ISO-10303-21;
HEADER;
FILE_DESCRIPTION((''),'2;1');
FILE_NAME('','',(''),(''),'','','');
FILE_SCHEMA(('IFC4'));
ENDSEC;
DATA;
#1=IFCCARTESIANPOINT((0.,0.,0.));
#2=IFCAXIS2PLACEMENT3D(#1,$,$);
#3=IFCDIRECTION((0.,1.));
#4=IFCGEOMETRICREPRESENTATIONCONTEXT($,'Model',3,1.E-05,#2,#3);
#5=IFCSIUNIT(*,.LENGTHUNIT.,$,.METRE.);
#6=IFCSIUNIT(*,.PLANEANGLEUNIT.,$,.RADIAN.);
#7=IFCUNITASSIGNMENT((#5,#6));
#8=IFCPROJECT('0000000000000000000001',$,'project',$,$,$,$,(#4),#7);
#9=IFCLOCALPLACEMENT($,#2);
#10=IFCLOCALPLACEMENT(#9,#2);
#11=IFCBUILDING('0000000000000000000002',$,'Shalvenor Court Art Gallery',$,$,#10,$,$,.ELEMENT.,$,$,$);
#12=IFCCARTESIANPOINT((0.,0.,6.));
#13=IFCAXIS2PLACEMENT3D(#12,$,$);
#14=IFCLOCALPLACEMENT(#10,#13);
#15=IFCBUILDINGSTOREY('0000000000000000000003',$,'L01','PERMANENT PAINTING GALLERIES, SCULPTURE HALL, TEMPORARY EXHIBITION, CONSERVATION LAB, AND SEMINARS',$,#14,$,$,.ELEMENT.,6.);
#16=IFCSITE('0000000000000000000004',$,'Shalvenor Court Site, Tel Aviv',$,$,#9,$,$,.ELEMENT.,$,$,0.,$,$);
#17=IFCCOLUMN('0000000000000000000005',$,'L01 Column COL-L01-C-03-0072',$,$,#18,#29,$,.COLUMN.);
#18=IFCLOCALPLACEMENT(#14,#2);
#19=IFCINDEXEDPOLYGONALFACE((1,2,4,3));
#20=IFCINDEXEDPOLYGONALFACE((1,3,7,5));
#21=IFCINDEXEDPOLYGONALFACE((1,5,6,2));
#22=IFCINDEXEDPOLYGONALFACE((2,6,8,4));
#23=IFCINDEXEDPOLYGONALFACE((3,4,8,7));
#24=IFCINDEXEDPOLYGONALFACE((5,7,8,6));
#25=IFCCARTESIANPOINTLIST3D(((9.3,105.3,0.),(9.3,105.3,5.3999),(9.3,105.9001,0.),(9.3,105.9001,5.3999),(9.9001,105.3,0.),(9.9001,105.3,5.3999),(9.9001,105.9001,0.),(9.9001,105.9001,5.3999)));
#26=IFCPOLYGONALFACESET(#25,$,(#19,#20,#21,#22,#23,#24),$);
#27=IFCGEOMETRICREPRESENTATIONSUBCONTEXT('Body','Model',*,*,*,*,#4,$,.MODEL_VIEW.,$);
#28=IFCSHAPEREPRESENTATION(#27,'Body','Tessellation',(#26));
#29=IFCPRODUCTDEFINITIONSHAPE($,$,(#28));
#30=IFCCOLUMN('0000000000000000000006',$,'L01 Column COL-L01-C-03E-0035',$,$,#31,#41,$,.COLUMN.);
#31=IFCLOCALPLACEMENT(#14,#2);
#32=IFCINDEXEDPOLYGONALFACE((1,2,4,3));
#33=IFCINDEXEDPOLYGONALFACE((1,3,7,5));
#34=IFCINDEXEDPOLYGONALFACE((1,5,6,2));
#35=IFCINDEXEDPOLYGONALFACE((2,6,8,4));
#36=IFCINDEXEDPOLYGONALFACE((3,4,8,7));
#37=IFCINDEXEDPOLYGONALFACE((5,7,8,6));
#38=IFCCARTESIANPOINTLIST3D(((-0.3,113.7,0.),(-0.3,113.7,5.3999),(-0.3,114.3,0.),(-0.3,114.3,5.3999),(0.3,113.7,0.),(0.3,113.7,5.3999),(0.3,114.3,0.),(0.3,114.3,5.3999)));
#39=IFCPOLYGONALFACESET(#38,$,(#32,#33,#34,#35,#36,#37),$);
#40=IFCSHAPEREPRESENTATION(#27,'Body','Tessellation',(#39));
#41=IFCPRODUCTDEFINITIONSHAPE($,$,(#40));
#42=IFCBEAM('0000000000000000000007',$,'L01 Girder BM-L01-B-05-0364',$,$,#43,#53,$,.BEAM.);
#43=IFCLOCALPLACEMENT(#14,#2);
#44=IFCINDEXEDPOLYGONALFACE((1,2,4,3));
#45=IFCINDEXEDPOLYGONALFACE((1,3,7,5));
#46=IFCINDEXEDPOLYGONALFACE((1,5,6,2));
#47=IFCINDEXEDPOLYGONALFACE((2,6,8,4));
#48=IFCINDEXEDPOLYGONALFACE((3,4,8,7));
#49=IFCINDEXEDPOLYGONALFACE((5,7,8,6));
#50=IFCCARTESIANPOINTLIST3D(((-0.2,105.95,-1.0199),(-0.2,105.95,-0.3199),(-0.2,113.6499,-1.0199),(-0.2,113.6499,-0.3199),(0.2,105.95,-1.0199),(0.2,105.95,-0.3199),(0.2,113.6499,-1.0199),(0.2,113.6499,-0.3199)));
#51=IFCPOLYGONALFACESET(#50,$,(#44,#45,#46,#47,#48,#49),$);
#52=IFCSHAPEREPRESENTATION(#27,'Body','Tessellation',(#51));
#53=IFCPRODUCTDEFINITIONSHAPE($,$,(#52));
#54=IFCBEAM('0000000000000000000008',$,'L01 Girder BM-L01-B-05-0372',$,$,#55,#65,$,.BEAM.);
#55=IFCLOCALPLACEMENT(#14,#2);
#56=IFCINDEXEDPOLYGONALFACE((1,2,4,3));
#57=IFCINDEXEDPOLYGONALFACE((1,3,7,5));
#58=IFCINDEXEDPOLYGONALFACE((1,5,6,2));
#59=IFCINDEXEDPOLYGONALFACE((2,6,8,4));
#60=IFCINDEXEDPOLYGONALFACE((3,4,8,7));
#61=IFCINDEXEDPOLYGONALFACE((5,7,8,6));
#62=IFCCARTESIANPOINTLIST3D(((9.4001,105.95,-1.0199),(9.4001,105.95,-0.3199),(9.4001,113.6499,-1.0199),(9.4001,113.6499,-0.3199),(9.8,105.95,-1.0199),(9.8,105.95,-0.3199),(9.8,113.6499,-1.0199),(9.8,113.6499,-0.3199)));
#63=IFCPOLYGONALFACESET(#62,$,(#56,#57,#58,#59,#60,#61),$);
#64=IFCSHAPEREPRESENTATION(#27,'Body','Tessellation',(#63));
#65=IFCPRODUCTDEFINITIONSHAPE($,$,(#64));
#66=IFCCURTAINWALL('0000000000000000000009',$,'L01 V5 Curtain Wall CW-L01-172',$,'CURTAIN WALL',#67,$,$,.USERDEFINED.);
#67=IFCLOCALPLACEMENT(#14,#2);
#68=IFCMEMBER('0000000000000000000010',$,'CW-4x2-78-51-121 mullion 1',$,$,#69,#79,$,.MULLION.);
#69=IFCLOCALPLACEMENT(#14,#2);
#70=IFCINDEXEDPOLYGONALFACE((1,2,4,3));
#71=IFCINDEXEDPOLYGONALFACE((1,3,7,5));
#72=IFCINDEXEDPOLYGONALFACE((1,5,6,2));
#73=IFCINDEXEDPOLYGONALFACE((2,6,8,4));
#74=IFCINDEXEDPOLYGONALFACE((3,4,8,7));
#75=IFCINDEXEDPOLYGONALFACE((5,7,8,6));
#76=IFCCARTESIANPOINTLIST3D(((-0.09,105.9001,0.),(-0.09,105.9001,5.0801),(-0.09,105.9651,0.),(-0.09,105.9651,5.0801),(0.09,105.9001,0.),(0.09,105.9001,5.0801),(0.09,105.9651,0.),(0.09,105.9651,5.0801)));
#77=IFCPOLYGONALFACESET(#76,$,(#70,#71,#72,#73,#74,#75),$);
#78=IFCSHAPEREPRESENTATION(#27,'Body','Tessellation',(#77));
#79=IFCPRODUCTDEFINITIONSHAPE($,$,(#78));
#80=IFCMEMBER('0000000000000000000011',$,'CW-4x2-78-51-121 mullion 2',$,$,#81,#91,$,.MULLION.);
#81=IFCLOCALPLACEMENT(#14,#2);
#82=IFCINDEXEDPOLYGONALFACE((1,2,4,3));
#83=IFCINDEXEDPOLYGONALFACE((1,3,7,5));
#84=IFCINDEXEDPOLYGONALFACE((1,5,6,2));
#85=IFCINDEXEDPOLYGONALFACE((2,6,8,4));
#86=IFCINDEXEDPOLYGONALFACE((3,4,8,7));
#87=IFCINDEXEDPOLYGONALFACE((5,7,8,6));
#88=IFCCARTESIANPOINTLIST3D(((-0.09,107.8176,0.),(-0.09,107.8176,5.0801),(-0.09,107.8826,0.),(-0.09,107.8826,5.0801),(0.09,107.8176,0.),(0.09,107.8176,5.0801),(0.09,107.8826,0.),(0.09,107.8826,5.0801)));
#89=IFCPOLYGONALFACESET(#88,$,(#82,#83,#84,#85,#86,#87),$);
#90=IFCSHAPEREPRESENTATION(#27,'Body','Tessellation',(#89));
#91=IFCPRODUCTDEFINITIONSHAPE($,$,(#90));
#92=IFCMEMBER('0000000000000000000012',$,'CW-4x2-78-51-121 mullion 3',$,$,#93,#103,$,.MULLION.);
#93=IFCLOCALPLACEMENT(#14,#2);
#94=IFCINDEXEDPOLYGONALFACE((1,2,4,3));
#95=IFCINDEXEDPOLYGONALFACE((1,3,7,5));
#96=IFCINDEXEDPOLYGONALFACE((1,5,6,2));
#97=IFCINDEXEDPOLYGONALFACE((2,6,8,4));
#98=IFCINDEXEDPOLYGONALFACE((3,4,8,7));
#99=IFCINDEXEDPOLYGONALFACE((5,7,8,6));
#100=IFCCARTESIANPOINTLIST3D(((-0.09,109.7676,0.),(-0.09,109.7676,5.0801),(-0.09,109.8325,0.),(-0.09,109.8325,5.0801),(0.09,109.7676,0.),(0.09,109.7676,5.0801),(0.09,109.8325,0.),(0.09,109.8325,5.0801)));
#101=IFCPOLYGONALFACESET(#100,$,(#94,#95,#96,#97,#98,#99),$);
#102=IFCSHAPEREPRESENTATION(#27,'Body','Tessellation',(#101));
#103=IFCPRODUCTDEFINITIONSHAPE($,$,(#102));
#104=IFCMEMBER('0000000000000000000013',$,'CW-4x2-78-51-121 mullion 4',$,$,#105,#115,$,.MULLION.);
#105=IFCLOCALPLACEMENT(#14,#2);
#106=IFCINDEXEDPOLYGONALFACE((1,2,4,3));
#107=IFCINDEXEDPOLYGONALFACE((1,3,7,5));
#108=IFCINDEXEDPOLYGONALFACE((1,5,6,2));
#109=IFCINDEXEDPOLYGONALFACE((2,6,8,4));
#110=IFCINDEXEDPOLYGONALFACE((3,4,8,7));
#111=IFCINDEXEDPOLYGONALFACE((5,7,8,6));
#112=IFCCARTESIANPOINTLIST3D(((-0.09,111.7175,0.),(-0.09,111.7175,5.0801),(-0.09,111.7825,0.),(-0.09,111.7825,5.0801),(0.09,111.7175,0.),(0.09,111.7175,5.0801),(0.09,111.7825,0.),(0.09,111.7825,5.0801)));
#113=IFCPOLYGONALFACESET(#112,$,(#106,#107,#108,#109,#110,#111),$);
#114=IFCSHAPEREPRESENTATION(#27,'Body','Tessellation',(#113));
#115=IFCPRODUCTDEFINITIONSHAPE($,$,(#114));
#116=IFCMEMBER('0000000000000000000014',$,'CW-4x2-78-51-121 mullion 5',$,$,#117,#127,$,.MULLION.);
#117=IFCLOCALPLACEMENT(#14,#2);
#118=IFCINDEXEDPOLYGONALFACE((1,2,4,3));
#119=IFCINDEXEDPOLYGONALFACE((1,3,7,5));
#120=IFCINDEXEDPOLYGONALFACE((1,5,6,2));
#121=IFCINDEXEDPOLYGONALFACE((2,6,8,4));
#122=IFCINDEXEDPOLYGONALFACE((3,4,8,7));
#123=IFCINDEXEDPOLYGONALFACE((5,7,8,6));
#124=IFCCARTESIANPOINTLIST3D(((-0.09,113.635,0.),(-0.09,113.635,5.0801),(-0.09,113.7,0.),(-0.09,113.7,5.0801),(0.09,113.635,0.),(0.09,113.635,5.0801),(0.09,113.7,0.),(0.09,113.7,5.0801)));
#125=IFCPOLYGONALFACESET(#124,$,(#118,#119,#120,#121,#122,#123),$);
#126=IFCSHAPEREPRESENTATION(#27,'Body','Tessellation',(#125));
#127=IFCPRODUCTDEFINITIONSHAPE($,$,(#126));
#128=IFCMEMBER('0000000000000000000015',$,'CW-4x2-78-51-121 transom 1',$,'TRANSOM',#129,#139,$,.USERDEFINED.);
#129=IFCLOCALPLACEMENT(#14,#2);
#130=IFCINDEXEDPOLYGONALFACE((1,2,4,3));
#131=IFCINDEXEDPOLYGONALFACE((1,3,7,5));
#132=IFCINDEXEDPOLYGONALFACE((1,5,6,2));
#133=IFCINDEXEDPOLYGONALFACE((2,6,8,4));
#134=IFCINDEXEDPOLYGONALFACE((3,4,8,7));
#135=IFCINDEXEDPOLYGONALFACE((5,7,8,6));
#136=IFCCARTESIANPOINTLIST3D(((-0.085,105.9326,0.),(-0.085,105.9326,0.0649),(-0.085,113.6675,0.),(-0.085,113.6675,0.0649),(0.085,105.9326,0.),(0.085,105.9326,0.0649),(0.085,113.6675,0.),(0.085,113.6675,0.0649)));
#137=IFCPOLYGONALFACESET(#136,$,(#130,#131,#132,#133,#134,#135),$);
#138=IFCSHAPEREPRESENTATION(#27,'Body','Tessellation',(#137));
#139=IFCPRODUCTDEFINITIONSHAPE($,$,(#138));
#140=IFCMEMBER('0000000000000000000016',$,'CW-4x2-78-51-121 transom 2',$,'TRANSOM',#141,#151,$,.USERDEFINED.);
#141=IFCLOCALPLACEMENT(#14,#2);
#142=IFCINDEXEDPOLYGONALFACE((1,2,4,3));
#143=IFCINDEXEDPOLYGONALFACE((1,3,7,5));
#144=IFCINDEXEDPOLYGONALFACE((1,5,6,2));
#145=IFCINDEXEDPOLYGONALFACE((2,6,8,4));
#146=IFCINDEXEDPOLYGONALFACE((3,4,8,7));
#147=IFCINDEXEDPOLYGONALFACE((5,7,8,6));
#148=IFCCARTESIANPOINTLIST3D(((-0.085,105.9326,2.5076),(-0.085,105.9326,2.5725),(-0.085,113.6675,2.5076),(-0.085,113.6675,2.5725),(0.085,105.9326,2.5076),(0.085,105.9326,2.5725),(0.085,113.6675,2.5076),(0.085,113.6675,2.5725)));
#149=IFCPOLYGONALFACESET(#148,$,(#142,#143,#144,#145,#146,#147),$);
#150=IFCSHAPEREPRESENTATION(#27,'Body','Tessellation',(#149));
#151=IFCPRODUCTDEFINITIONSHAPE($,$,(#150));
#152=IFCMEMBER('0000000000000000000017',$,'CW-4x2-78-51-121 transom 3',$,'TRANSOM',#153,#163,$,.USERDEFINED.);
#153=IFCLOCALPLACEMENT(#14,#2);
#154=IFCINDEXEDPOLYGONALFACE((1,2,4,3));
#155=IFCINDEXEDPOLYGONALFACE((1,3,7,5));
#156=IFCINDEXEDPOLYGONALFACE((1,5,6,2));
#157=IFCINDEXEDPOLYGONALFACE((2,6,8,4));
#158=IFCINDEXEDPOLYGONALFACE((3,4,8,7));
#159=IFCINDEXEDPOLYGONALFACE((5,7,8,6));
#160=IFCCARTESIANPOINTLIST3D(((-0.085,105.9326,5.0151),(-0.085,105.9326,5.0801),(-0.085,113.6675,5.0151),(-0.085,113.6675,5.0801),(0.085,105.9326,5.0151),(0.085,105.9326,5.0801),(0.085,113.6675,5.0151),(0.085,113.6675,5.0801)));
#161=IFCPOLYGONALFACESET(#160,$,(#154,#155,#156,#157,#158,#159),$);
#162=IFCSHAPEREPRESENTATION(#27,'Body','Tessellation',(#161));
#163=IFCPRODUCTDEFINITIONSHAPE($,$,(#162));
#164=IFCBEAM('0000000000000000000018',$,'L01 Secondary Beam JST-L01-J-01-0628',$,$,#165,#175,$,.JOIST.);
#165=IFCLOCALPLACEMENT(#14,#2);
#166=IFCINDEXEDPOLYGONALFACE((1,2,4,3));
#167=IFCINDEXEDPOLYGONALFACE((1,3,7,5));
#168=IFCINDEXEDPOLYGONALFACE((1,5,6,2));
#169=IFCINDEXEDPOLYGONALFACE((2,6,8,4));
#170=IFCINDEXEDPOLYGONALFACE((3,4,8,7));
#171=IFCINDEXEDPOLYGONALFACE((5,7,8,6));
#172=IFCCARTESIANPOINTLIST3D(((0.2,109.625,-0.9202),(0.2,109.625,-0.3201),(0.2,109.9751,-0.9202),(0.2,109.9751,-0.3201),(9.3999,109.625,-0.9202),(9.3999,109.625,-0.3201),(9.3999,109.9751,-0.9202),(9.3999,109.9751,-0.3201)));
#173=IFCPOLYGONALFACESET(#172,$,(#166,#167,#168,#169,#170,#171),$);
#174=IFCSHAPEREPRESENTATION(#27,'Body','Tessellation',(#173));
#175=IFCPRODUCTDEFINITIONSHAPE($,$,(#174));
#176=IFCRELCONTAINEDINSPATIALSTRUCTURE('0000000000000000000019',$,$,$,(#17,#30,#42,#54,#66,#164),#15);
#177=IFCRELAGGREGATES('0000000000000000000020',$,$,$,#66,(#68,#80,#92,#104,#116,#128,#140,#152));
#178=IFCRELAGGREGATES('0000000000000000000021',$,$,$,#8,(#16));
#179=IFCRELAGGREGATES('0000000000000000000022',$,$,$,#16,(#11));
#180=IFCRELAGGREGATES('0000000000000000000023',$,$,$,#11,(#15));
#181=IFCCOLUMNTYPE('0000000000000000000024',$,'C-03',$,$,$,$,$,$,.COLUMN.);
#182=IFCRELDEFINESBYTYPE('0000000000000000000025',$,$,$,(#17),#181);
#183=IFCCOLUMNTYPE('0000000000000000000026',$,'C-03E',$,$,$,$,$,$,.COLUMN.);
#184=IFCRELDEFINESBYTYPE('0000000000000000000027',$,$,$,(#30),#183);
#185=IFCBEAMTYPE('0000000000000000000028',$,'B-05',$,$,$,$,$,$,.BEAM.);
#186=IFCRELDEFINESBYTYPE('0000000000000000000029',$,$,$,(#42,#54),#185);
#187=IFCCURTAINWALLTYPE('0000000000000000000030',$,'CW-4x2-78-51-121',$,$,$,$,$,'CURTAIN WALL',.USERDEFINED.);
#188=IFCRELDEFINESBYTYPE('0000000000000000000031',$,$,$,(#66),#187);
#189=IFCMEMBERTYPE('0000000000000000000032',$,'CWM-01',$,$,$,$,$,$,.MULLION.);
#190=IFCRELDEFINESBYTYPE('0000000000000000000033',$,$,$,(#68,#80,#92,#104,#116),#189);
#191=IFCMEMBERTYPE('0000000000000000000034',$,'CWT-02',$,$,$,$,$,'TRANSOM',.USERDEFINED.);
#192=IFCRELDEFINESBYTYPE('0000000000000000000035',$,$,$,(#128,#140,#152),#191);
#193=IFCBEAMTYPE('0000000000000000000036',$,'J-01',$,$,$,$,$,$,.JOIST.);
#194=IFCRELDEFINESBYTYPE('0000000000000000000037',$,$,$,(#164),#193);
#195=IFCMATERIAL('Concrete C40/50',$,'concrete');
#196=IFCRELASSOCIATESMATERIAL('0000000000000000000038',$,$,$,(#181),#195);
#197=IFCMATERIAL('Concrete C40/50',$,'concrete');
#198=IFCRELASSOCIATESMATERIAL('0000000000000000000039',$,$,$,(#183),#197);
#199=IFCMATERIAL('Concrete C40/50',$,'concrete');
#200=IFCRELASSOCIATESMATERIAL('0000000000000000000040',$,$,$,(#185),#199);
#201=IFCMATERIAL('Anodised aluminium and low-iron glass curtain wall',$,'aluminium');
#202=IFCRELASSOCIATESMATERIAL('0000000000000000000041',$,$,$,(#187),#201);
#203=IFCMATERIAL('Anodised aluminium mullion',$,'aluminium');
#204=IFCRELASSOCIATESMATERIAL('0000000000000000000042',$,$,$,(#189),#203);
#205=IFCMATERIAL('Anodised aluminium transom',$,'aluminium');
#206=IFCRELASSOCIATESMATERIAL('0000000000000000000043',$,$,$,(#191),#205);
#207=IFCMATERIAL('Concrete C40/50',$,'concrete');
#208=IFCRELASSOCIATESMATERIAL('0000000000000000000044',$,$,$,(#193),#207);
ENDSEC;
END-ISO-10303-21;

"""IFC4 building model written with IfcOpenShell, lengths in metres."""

from ifc_helpers import new_model, si_unit, direction, frame, origin, origin_2d, place, context, subcontext, project, spatial, rectangle, extrude, material, material_profile, profile_set, type_object, element, aggregate, save


model = new_model("IFC4")

# Units and contexts
model_context = context("Model", 3, precision=1e-05, world=origin(), true_north=direction((0.0, 1.0)))
body_context = subcontext(model_context, "Body", "Model", "MODEL_VIEW")
ifc_project = project(units=[si_unit("LENGTHUNIT", "METRE"), si_unit("PLANEANGLEUNIT", "RADIAN")], contexts=[model_context])

# Site, building, storey
site_placement = place(None, origin())
site = spatial("IfcSite", under=ifc_project, at=site_placement, Name="Shalvenor Court Site, Tel Aviv", CompositionType="ELEMENT", RefElevation=0.0)
building_placement = place(site_placement, origin())
building = spatial("IfcBuilding", under=site, at=building_placement, Name="Shalvenor Court Art Gallery", CompositionType="ELEMENT")
storey_placement = place(building_placement, frame((0.0, 0.0, 6.0)))
storey = spatial("IfcBuildingStorey", under=building, at=storey_placement, Name="L01", Description="PERMANENT PAINTING GALLERIES, SCULPTURE HALL, TEMPORARY EXHIBITION, CONSERVATION LAB, AND SEMINARS", CompositionType="ELEMENT", Elevation=6.0)

# Columns
ifc_material_1 = material(Name="Concrete C40/50", Category="concrete")
ifc_material_profile_1 = material_profile(ifc_material_1, rectangle(XDim=0.6001, YDim=0.6001, at=origin_2d()), Name="RC 600x600")
ifc_profile_set_1 = profile_set([ifc_material_profile_1], Name="Concrete C40/50")
column_type_1 = type_object("IfcColumnType", Name="C-03", PredefinedType="COLUMN", material=ifc_profile_set_1)
column_1_placement = place(storey_placement, frame((9.6001, 105.6001, 0.0), z_axis=(0.0, 0.0, 1.0), x_axis=(1.0, 0.0, 0.0)))
element("IfcColumn", 1, at=column_1_placement, inside=storey, type_object=column_type_1, Name="L01 Column COL-L01-C-03-0072", PredefinedType="COLUMN", context=body_context, shape_type="SweptSolid", body=[
    extrude(rectangle(XDim=0.6001, YDim=0.6001, at=origin_2d()), origin(), (0.0, 0.0, 1.0), 5.3999),
])
ifc_material_2 = material(Name="Concrete C40/50", Category="concrete")
ifc_material_profile_2 = material_profile(ifc_material_2, rectangle(XDim=0.6001, YDim=0.6001, at=origin_2d()), Name="RC 600x600")
ifc_profile_set_2 = profile_set([ifc_material_profile_2], Name="Concrete C40/50")
column_type_2 = type_object("IfcColumnType", Name="C-03E", PredefinedType="COLUMN", material=ifc_profile_set_2)
column_2_placement = place(storey_placement, frame((0.0, 114.0, 0.0), z_axis=(0.0, 0.0, 1.0), x_axis=(1.0, 0.0, 0.0)))
element("IfcColumn", 2, at=column_2_placement, inside=storey, type_object=column_type_2, Name="L01 Column COL-L01-C-03E-0035", PredefinedType="COLUMN", context=body_context, shape_type="SweptSolid", body=[
    extrude(rectangle(XDim=0.6001, YDim=0.6001, at=origin_2d()), origin(), (0.0, 0.0, 1.0), 5.3999),
])

# Beams
ifc_material_3 = material(Name="Concrete C40/50", Category="concrete")
ifc_material_profile_3 = material_profile(ifc_material_3, rectangle(XDim=0.3999, YDim=0.7, at=origin_2d()), Name="RC 400x700")
ifc_profile_set_3 = profile_set([ifc_material_profile_3], Name="Concrete C40/50")
beam_type_1 = type_object("IfcBeamType", Name="B-05", PredefinedType="BEAM", material=ifc_profile_set_3)
for number, where, z_axis, x_axis, name in (
    (3, (0.0, 105.95, -0.6699), (0.0, 1.0, 0.0), (-1.0, 0.0, 0.0), "L01 Girder BM-L01-B-05-0364"),
    (4, (9.6001, 105.95, -0.6699), (0.0, 1.0, 0.0), (-1.0, 0.0, 0.0), "L01 Girder BM-L01-B-05-0372"),
):
    element("IfcBeam", number, at=place(storey_placement, frame(where, z_axis=z_axis, x_axis=x_axis)), inside=storey, type_object=beam_type_1, Name=name, PredefinedType="BEAM", context=body_context, shape_type="SweptSolid", body=[
        extrude(rectangle(XDim=0.3999, YDim=0.7, at=origin_2d()), origin(), (0.0, 0.0, 1.0), 7.7),
    ])

# Curtain wall, members
ifc_material_4 = material(Name="Anodised aluminium and low-iron glass curtain wall", Category="aluminium")
curtain_wall_type = type_object("IfcCurtainWallType", Name="CW-4x2-78-51-121", ElementType="CURTAIN WALL", PredefinedType="USERDEFINED", material=ifc_material_4)
curtain_wall_placement = place(storey_placement, origin())
curtain_wall = element("IfcCurtainWall", 5, at=curtain_wall_placement, inside=storey, type_object=curtain_wall_type, Name="L01 V5 Curtain Wall CW-L01-172", ObjectType="CURTAIN WALL", PredefinedType="USERDEFINED")
ifc_material_5 = material(Name="Anodised aluminium mullion", Category="aluminium")
ifc_material_profile_4 = material_profile(ifc_material_5, rectangle(XDim=0.0649, YDim=0.1799, at=origin_2d()), Name="CWM-01")
ifc_profile_set_4 = profile_set([ifc_material_profile_4], Name="Anodised aluminium mullion")
member_type_1 = type_object("IfcMemberType", Name="CWM-01", PredefinedType="MULLION", material=ifc_profile_set_4)
member_1_placement = place(storey_placement, frame((0.0, 105.9326, 0.0), z_axis=(0.0, 0.0, 1.0), x_axis=(0.0, 1.0, 0.0)))
member_1 = element("IfcMember", 6, at=member_1_placement, type_object=member_type_1, Name="CW-4x2-78-51-121 mullion 1", PredefinedType="MULLION", context=body_context, shape_type="SweptSolid", body=[
    extrude(rectangle(XDim=0.0649, YDim=0.1799, at=origin_2d()), origin(), (0.0, 0.0, 1.0), 5.0801),
])
member_2_placement = place(storey_placement, frame((0.0, 107.8501, 0.0), z_axis=(0.0, 0.0, 1.0), x_axis=(0.0, 1.0, 0.0)))
member_2 = element("IfcMember", 7, at=member_2_placement, type_object=member_type_1, Name="CW-4x2-78-51-121 mullion 2", PredefinedType="MULLION", context=body_context, shape_type="SweptSolid", body=[
    extrude(rectangle(XDim=0.0649, YDim=0.1799, at=origin_2d()), origin(), (0.0, 0.0, 1.0), 5.0801),
])
member_3_placement = place(storey_placement, frame((0.0, 109.8, 0.0), z_axis=(0.0, 0.0, 1.0), x_axis=(0.0, 1.0, 0.0)))
member_3 = element("IfcMember", 8, at=member_3_placement, type_object=member_type_1, Name="CW-4x2-78-51-121 mullion 3", PredefinedType="MULLION", context=body_context, shape_type="SweptSolid", body=[
    extrude(rectangle(XDim=0.0649, YDim=0.1799, at=origin_2d()), origin(), (0.0, 0.0, 1.0), 5.0801),
])
member_4_placement = place(storey_placement, frame((0.0, 111.75, 0.0), z_axis=(0.0, 0.0, 1.0), x_axis=(0.0, 1.0, 0.0)))
member_4 = element("IfcMember", 9, at=member_4_placement, type_object=member_type_1, Name="CW-4x2-78-51-121 mullion 4", PredefinedType="MULLION", context=body_context, shape_type="SweptSolid", body=[
    extrude(rectangle(XDim=0.0649, YDim=0.1799, at=origin_2d()), origin(), (0.0, 0.0, 1.0), 5.0801),
])
member_5_placement = place(storey_placement, frame((0.0, 113.6675, 0.0), z_axis=(0.0, 0.0, 1.0), x_axis=(0.0, 1.0, 0.0)))
member_5 = element("IfcMember", 10, at=member_5_placement, type_object=member_type_1, Name="CW-4x2-78-51-121 mullion 5", PredefinedType="MULLION", context=body_context, shape_type="SweptSolid", body=[
    extrude(rectangle(XDim=0.0649, YDim=0.1799, at=origin_2d()), origin(), (0.0, 0.0, 1.0), 5.0801),
])
ifc_material_6 = material(Name="Anodised aluminium transom", Category="aluminium")
ifc_material_profile_5 = material_profile(ifc_material_6, rectangle(XDim=0.1699, YDim=0.0649, at=origin_2d()), Name="CWT-02")
ifc_profile_set_5 = profile_set([ifc_material_profile_5], Name="Anodised aluminium transom")
member_type_2 = type_object("IfcMemberType", Name="CWT-02", ElementType="TRANSOM", PredefinedType="USERDEFINED", material=ifc_profile_set_5)
member_6_placement = place(storey_placement, frame((0.0, 105.9326, 0.0325), z_axis=(0.0, 1.0, 0.0), x_axis=(-1.0, 0.0, 0.0)))
member_6 = element("IfcMember", 11, at=member_6_placement, type_object=member_type_2, Name="CW-4x2-78-51-121 transom 1", ObjectType="TRANSOM", PredefinedType="USERDEFINED", context=body_context, shape_type="SweptSolid", body=[
    extrude(rectangle(XDim=0.1699, YDim=0.0649, at=origin_2d()), origin(), (0.0, 0.0, 1.0), 7.7349),
])
member_7_placement = place(storey_placement, frame((0.0, 105.9326, 2.54), z_axis=(0.0, 1.0, 0.0), x_axis=(-1.0, 0.0, 0.0)))
member_7 = element("IfcMember", 12, at=member_7_placement, type_object=member_type_2, Name="CW-4x2-78-51-121 transom 2", ObjectType="TRANSOM", PredefinedType="USERDEFINED", context=body_context, shape_type="SweptSolid", body=[
    extrude(rectangle(XDim=0.1699, YDim=0.0649, at=origin_2d()), origin(), (0.0, 0.0, 1.0), 7.7349),
])
member_8_placement = place(storey_placement, frame((0.0, 105.9326, 5.0476), z_axis=(0.0, 1.0, 0.0), x_axis=(-1.0, 0.0, 0.0)))
member_8 = element("IfcMember", 13, at=member_8_placement, type_object=member_type_2, Name="CW-4x2-78-51-121 transom 3", ObjectType="TRANSOM", PredefinedType="USERDEFINED", context=body_context, shape_type="SweptSolid", body=[
    extrude(rectangle(XDim=0.1699, YDim=0.0649, at=origin_2d()), origin(), (0.0, 0.0, 1.0), 7.7349),
])

# Beam
ifc_material_7 = material(Name="Concrete C40/50", Category="concrete")
ifc_material_profile_6 = material_profile(ifc_material_7, rectangle(XDim=0.3501, YDim=0.6001, at=origin_2d()), Name="RC 350x600")
ifc_profile_set_6 = profile_set([ifc_material_profile_6], Name="Concrete C40/50")
beam_type_2 = type_object("IfcBeamType", Name="J-01", PredefinedType="JOIST", material=ifc_profile_set_6)
beam_placement = place(storey_placement, frame((0.2, 109.8, -0.6201), z_axis=(1.0, 0.0, 0.0), x_axis=(0.0, 1.0, 0.0)))
element("IfcBeam", 14, at=beam_placement, inside=storey, type_object=beam_type_2, Name="L01 Secondary Beam JST-L01-J-01-0628", PredefinedType="JOIST", context=body_context, shape_type="SweptSolid", body=[
    extrude(rectangle(XDim=0.3501, YDim=0.6001, at=origin_2d()), origin(), (0.0, 0.0, 1.0), 9.2),
])

aggregate(curtain_wall, [member_1, member_2, member_3, member_4, member_5, member_6, member_7, member_8])

save(model, "model.ifc")
